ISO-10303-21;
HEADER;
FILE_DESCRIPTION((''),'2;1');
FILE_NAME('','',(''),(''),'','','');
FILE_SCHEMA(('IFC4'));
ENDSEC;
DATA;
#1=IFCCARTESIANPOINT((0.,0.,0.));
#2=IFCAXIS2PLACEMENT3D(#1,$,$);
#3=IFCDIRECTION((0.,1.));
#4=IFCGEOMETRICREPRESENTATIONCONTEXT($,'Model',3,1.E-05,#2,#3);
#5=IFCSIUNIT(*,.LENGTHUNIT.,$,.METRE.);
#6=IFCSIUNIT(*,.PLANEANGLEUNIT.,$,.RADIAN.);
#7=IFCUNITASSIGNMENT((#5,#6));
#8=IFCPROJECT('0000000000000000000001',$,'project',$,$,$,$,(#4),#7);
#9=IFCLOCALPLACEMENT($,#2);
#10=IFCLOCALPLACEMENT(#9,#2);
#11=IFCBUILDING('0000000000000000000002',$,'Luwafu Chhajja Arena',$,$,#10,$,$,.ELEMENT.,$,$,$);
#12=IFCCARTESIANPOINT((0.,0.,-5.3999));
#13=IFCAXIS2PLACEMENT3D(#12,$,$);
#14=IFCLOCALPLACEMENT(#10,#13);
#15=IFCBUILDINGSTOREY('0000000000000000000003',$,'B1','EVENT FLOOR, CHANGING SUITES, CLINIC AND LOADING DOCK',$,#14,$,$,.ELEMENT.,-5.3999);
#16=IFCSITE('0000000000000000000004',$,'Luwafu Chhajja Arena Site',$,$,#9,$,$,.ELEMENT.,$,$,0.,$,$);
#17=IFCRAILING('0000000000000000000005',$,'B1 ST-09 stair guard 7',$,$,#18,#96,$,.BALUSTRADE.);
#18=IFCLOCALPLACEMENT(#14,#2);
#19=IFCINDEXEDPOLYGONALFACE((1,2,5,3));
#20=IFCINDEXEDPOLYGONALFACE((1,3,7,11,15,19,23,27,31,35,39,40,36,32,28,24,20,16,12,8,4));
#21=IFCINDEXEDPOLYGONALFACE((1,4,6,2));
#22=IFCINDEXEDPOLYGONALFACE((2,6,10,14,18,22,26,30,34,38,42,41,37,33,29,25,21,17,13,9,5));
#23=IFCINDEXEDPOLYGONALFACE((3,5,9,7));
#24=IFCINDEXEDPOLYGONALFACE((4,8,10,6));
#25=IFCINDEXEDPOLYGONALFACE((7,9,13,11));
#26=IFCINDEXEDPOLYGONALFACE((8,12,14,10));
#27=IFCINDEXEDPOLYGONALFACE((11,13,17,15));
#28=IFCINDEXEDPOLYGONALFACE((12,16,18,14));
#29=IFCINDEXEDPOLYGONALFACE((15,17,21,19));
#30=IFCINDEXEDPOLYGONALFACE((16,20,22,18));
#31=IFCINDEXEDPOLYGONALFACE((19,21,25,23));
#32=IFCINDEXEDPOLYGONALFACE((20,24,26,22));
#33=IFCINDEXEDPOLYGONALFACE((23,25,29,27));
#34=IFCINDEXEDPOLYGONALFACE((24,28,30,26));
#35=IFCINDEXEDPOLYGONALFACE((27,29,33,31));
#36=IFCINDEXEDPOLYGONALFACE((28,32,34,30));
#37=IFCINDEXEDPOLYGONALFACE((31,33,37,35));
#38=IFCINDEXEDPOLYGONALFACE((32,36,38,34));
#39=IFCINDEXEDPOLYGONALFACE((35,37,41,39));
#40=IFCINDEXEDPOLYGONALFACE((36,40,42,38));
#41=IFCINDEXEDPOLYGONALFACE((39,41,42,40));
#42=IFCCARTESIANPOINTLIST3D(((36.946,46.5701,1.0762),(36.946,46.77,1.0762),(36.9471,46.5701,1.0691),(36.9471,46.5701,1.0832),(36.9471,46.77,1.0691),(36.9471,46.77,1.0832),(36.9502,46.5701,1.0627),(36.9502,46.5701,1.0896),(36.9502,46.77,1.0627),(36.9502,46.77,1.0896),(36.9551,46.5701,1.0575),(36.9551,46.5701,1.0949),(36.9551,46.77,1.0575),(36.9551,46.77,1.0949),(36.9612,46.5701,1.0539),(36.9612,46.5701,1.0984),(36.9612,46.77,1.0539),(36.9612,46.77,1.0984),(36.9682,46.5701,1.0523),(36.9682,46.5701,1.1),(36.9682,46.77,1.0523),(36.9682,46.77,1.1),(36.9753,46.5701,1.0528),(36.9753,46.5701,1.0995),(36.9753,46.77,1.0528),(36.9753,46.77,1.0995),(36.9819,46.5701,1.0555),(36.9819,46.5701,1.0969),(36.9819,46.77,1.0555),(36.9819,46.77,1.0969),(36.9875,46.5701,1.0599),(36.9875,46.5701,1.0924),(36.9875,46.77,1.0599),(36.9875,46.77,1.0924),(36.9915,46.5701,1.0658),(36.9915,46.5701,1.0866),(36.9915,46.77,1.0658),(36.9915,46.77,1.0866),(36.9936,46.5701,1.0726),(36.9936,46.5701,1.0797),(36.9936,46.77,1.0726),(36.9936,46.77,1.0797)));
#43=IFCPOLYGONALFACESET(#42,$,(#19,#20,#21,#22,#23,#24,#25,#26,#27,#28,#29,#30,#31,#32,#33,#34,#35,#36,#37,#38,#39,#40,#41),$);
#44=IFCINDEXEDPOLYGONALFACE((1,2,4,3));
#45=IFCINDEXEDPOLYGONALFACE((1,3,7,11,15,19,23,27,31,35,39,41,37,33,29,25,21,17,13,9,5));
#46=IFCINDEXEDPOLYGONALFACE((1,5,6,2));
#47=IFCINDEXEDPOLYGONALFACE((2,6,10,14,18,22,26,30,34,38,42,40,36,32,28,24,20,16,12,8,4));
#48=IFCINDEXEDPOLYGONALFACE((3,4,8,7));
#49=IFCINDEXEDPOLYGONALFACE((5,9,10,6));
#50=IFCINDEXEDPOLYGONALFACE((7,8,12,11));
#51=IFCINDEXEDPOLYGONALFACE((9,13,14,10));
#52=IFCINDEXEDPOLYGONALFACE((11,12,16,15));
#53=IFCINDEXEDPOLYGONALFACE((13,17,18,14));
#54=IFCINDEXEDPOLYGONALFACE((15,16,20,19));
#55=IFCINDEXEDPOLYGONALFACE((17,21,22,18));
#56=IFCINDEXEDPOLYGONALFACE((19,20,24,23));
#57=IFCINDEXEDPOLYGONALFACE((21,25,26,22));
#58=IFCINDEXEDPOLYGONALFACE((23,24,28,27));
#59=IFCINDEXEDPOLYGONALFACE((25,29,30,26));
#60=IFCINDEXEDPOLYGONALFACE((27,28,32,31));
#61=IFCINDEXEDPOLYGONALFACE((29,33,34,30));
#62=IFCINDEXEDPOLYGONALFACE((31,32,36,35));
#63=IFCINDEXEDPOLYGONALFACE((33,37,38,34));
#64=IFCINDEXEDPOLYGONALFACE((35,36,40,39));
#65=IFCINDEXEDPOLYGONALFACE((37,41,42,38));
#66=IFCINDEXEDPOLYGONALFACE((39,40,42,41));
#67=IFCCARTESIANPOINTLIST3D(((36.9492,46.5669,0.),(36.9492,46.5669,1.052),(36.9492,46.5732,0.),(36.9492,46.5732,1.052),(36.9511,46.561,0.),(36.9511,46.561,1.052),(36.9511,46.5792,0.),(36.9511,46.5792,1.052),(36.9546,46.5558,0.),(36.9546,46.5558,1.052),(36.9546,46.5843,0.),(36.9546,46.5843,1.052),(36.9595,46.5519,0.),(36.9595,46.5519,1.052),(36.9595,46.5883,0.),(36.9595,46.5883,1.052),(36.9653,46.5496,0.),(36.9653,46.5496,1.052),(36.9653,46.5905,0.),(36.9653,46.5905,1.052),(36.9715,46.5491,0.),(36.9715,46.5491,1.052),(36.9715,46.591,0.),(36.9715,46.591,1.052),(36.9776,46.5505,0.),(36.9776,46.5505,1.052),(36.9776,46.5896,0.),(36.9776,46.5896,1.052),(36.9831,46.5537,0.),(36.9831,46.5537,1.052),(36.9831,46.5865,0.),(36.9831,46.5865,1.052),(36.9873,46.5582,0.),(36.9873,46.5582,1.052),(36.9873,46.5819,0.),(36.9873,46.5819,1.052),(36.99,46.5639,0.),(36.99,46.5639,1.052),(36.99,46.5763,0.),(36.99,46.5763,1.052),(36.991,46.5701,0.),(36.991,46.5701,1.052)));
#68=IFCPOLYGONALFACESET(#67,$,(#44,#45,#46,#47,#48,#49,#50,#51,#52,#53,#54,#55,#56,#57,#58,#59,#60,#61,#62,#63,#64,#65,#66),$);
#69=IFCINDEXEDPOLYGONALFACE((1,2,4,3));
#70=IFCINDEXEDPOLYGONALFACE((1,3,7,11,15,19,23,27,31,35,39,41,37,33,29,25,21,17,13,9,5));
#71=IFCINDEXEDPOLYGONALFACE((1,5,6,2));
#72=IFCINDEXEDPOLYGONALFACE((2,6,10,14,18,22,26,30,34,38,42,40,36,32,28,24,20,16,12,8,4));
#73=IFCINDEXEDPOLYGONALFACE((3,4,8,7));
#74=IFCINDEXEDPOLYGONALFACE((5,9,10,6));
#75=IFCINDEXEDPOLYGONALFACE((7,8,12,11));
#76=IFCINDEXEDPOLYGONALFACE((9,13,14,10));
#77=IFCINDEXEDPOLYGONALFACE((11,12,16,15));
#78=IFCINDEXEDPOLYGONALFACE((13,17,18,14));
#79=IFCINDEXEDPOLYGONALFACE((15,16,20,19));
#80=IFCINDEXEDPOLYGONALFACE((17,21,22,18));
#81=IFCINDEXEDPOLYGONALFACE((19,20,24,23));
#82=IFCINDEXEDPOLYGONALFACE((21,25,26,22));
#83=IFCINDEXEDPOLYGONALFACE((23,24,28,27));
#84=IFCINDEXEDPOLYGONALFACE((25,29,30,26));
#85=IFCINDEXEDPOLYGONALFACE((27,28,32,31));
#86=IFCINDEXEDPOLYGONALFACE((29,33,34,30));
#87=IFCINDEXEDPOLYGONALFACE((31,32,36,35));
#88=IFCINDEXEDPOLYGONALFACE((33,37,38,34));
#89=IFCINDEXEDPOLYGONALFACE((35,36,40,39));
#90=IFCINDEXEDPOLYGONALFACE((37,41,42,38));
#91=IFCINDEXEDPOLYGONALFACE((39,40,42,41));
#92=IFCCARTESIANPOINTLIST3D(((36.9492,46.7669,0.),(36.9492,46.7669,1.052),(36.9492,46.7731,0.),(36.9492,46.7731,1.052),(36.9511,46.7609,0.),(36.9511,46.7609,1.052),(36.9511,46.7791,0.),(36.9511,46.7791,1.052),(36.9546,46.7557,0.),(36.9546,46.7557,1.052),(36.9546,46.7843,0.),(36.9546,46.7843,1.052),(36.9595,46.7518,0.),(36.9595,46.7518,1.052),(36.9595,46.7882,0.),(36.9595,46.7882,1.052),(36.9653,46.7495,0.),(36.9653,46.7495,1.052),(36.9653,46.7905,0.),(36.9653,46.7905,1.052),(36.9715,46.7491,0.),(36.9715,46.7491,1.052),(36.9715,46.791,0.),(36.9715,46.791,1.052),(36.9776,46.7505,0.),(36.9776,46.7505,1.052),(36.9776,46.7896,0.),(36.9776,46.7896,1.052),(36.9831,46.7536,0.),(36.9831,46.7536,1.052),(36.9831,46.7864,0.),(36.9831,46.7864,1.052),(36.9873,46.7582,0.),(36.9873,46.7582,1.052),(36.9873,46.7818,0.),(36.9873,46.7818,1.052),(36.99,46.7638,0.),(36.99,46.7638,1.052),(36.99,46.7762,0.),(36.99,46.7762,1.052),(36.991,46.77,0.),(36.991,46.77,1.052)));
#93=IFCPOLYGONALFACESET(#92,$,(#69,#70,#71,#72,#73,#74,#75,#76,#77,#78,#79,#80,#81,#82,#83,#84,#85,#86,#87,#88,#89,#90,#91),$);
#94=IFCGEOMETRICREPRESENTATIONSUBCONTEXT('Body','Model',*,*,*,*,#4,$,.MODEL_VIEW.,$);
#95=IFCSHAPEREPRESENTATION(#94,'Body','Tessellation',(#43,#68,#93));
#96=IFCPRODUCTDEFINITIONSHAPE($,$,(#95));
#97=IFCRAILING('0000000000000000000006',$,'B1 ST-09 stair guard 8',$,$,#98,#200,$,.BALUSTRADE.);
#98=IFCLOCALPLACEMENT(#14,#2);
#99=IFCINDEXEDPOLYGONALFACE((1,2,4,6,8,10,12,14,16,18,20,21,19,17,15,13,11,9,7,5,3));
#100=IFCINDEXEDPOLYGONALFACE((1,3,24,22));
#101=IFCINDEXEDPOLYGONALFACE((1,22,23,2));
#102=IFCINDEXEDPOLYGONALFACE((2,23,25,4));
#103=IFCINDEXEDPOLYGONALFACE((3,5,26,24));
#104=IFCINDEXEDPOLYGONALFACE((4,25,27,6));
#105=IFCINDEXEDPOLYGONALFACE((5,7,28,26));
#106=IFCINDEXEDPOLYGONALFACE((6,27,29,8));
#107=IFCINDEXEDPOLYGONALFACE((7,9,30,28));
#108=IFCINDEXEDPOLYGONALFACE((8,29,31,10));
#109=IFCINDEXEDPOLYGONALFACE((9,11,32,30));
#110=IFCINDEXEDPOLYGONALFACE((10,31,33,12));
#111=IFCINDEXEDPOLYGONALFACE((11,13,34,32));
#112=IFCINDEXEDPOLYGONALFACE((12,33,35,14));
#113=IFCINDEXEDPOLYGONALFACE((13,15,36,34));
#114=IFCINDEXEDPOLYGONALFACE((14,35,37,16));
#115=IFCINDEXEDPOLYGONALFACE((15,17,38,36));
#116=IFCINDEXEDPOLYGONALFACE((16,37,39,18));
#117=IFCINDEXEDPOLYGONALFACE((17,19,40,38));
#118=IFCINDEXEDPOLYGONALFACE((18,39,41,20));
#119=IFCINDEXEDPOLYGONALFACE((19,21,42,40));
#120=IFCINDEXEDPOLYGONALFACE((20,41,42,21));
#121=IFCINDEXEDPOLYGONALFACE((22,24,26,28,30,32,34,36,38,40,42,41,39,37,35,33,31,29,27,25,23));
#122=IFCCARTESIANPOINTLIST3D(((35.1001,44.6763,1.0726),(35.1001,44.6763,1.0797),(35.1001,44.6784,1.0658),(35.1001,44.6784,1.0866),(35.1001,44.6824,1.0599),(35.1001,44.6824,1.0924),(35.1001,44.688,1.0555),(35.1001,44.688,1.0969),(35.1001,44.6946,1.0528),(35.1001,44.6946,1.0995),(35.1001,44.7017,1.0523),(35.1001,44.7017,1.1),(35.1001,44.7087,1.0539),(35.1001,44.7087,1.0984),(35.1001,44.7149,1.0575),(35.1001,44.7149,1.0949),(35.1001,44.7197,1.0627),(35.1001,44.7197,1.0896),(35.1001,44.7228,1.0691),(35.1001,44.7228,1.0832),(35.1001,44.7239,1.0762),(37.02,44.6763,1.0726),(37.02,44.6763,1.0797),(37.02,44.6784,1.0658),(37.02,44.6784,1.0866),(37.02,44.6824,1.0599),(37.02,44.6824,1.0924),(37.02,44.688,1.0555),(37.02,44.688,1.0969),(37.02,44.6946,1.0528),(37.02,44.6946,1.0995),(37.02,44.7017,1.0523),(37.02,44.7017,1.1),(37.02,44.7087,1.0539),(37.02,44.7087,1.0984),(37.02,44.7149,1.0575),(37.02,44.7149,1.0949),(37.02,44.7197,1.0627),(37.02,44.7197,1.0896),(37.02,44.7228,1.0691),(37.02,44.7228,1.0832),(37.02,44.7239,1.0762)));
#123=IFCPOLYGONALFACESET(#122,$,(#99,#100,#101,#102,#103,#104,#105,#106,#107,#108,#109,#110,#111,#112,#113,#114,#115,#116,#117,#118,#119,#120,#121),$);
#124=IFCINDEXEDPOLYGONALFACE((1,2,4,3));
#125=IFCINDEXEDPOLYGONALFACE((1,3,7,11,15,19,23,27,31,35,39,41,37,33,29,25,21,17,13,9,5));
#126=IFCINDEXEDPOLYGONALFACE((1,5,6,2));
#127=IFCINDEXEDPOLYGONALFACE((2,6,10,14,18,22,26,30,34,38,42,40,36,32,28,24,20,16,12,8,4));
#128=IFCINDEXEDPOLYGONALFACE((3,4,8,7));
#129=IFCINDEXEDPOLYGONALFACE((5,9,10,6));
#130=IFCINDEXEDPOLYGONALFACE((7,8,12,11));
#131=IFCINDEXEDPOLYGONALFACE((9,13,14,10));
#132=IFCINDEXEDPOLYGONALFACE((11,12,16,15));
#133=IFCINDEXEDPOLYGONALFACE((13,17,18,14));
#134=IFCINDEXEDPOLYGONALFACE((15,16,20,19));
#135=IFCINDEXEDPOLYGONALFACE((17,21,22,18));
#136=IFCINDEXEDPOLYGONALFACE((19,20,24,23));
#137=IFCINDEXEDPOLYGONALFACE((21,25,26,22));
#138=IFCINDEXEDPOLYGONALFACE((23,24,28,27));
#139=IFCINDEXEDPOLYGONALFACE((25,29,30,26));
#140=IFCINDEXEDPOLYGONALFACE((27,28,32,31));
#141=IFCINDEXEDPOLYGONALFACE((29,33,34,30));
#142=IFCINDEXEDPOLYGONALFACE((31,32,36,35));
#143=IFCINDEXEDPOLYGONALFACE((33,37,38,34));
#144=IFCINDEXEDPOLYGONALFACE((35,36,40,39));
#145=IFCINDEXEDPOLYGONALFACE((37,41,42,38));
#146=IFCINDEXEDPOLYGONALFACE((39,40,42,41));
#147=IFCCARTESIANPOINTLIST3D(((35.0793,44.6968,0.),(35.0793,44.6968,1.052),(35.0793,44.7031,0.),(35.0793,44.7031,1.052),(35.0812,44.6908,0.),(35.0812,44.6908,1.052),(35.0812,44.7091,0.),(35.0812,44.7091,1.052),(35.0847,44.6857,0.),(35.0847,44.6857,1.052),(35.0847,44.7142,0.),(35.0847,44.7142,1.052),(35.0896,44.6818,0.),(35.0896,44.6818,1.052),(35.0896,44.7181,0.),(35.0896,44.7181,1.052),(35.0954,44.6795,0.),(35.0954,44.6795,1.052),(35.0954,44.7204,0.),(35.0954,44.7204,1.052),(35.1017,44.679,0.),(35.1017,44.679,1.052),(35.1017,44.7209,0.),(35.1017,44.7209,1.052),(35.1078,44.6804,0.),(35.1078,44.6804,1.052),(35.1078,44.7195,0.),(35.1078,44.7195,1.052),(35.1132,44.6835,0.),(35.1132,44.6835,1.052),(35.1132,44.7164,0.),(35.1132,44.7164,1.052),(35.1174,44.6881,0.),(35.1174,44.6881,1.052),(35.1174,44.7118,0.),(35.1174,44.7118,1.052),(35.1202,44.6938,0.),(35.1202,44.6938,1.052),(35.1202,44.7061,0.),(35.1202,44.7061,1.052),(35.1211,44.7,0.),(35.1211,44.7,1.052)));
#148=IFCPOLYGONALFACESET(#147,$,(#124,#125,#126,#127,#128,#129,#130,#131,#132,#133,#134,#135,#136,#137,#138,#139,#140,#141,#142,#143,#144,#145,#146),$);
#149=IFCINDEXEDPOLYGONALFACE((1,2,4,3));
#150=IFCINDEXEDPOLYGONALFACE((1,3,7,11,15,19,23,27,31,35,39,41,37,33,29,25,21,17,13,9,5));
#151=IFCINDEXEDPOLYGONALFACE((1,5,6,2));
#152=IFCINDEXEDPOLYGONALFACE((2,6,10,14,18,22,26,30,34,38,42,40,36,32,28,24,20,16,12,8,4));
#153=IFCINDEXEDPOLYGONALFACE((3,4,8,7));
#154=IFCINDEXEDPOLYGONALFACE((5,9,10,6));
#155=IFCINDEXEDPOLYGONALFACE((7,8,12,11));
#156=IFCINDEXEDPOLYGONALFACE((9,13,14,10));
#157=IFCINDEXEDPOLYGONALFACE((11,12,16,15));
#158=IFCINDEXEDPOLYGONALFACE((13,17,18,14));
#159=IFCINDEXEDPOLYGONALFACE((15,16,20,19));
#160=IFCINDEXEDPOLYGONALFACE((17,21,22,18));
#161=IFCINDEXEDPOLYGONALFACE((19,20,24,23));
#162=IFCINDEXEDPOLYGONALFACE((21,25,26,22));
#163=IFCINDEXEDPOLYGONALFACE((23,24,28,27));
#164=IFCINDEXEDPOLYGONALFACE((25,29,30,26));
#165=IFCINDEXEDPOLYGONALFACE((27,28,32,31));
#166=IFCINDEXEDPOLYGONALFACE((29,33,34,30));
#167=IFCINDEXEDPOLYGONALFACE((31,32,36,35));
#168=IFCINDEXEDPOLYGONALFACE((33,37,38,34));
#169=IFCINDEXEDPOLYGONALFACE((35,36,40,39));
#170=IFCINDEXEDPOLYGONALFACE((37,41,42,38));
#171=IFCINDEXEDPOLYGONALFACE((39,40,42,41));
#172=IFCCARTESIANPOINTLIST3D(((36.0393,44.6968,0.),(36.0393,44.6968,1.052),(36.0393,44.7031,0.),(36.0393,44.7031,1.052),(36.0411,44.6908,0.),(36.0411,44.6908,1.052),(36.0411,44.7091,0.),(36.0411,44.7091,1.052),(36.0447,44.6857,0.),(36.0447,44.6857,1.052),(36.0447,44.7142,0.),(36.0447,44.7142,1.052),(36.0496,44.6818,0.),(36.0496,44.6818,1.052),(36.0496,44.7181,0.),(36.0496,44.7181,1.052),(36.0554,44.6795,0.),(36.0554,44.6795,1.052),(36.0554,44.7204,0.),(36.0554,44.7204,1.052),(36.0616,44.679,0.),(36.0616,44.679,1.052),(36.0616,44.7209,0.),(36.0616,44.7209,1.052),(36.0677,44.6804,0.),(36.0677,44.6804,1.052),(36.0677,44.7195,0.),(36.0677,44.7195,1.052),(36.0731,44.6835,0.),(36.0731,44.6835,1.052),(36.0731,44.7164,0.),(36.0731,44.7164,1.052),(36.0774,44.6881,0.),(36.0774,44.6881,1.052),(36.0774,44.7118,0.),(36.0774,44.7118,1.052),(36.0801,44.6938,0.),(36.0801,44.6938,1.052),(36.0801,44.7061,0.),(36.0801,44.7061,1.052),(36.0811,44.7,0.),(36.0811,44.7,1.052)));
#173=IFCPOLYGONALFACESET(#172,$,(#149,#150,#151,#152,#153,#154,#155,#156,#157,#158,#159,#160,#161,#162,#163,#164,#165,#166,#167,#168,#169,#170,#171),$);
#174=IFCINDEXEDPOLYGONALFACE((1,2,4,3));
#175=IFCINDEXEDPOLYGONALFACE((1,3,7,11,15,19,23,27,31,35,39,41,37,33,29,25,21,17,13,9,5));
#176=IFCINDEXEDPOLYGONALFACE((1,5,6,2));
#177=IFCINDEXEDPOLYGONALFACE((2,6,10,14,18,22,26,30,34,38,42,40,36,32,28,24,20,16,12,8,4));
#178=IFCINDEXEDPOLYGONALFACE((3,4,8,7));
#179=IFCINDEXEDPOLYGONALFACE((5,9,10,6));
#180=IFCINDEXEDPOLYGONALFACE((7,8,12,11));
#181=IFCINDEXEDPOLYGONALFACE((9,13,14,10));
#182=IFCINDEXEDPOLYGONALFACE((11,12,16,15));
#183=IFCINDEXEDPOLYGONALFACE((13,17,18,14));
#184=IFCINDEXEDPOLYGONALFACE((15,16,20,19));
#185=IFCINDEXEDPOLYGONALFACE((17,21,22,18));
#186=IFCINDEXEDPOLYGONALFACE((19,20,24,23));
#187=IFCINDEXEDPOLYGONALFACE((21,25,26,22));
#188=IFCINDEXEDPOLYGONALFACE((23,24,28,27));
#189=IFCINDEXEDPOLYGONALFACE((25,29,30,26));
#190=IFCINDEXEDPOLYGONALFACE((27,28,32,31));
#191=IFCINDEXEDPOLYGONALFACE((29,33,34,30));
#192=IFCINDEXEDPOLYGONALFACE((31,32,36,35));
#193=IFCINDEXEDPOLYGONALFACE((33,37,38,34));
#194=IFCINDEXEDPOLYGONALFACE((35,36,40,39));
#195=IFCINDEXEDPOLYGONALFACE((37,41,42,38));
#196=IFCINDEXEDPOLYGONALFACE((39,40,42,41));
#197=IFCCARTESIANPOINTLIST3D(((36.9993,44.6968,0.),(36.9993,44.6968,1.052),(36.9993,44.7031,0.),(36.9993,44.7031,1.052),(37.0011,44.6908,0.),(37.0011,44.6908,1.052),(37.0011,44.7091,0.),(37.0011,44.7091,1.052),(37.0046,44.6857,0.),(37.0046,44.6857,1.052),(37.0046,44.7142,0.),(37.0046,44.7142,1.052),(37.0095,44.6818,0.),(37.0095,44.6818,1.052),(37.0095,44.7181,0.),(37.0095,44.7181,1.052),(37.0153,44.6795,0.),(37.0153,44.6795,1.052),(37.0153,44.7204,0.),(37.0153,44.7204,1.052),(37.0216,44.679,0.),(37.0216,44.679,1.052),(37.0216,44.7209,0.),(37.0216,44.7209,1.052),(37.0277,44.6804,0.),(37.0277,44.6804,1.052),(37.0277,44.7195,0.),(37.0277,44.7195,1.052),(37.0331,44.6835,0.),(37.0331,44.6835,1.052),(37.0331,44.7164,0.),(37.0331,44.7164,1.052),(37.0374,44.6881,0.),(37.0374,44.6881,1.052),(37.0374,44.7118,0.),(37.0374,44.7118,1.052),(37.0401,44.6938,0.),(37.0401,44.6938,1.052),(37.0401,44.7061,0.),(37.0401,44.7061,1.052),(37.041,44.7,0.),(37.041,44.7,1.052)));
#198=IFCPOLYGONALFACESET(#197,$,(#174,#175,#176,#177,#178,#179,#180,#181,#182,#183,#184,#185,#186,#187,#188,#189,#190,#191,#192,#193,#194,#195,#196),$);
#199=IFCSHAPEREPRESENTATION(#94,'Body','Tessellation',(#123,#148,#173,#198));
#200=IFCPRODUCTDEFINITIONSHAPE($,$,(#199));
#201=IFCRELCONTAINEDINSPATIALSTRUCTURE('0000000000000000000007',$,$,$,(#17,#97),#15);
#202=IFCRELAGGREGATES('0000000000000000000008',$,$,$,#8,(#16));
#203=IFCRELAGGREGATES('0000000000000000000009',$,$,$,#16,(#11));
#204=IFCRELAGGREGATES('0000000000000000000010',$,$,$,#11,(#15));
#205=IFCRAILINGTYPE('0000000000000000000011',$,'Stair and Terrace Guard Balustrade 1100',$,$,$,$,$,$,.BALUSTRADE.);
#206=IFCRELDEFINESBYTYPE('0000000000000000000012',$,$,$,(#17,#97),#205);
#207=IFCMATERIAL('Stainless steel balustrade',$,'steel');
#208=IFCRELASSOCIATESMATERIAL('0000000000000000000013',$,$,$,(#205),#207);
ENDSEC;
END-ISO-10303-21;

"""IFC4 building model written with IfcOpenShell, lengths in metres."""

from ifc_helpers import new_model, si_unit, direction, frame, origin, origin_2d, place, context, subcontext, project, spatial, circle, extrude, material, type_object, element, save


model = new_model("IFC4")

# Units and contexts
model_context = context("Model", 3, precision=1e-05, world=origin(), true_north=direction((0.0, 1.0)))
body_context = subcontext(model_context, "Body", "Model", "MODEL_VIEW")
ifc_project = project(units=[si_unit("LENGTHUNIT", "METRE"), si_unit("PLANEANGLEUNIT", "RADIAN")], contexts=[model_context])

# Site, building, storey
site_placement = place(None, origin())
site = spatial("IfcSite", under=ifc_project, at=site_placement, Name="Luwafu Chhajja Arena Site", CompositionType="ELEMENT", RefElevation=0.0)
building_placement = place(site_placement, origin())
building = spatial("IfcBuilding", under=site, at=building_placement, Name="Luwafu Chhajja Arena", CompositionType="ELEMENT")
storey_placement = place(building_placement, frame((0.0, 0.0, -5.3999)))
storey = spatial("IfcBuildingStorey", under=building, at=storey_placement, Name="B1", Description="EVENT FLOOR, CHANGING SUITES, CLINIC AND LOADING DOCK", CompositionType="ELEMENT", Elevation=-5.3999)

# Railings
ifc_material_1 = material(Name="Stainless steel balustrade", Category="steel")
railing_type_1 = type_object("IfcRailingType", Name="Stair and Terrace Guard Balustrade 1100", PredefinedType="BALUSTRADE", material=ifc_material_1)
railing_1_placement = place(storey_placement, frame((36.97, 46.5701, 0.0)))
element("IfcRailing", 1, at=railing_1_placement, inside=storey, type_object=railing_type_1, Name="B1 ST-09 stair guard 7", PredefinedType="BALUSTRADE", context=body_context, shape_type="SweptSolid", body=[
    extrude(circle(Radius=0.0239, at=origin_2d()), frame((0.0, 0.0, 1.0762), z_axis=(0.0, 1.0, 0.0), x_axis=(-1.0, 0.0, 0.0)), (0.0, 0.0, 1.0), 0.2),
    extrude(circle(Radius=0.021, at=origin_2d()), origin(), (0.0, 0.0, 1.0), 1.052),
    extrude(circle(Radius=0.021, at=origin_2d()), frame((0.0, 0.2, 0.0)), (0.0, 0.0, 1.0), 1.052),
])
for number, where, name in (
    (2, (35.1001, 44.7, 0.0), "B1 ST-09 stair guard 8"),
):
    element("IfcRailing", number, at=place(storey_placement, frame(where)), inside=storey, type_object=railing_type_1, Name=name, PredefinedType="BALUSTRADE", context=body_context, shape_type="SweptSolid", body=[
        extrude(circle(Radius=0.0239, at=origin_2d()), frame((0.0, 0.0, 1.0762), z_axis=(1.0, 0.0, 0.0), x_axis=(0.0, 1.0, 0.0)), (0.0, 0.0, 1.0), 1.9199),
        extrude(circle(Radius=0.021, at=origin_2d()), origin(), (0.0, 0.0, 1.0), 1.052),
        extrude(circle(Radius=0.021, at=origin_2d()), frame((0.96, 0.0, 0.0)), (0.0, 0.0, 1.0), 1.052),
        extrude(circle(Radius=0.021, at=origin_2d()), frame((1.9199, 0.0, 0.0)), (0.0, 0.0, 1.0), 1.052),
    ])

save(model, "model.ifc")
